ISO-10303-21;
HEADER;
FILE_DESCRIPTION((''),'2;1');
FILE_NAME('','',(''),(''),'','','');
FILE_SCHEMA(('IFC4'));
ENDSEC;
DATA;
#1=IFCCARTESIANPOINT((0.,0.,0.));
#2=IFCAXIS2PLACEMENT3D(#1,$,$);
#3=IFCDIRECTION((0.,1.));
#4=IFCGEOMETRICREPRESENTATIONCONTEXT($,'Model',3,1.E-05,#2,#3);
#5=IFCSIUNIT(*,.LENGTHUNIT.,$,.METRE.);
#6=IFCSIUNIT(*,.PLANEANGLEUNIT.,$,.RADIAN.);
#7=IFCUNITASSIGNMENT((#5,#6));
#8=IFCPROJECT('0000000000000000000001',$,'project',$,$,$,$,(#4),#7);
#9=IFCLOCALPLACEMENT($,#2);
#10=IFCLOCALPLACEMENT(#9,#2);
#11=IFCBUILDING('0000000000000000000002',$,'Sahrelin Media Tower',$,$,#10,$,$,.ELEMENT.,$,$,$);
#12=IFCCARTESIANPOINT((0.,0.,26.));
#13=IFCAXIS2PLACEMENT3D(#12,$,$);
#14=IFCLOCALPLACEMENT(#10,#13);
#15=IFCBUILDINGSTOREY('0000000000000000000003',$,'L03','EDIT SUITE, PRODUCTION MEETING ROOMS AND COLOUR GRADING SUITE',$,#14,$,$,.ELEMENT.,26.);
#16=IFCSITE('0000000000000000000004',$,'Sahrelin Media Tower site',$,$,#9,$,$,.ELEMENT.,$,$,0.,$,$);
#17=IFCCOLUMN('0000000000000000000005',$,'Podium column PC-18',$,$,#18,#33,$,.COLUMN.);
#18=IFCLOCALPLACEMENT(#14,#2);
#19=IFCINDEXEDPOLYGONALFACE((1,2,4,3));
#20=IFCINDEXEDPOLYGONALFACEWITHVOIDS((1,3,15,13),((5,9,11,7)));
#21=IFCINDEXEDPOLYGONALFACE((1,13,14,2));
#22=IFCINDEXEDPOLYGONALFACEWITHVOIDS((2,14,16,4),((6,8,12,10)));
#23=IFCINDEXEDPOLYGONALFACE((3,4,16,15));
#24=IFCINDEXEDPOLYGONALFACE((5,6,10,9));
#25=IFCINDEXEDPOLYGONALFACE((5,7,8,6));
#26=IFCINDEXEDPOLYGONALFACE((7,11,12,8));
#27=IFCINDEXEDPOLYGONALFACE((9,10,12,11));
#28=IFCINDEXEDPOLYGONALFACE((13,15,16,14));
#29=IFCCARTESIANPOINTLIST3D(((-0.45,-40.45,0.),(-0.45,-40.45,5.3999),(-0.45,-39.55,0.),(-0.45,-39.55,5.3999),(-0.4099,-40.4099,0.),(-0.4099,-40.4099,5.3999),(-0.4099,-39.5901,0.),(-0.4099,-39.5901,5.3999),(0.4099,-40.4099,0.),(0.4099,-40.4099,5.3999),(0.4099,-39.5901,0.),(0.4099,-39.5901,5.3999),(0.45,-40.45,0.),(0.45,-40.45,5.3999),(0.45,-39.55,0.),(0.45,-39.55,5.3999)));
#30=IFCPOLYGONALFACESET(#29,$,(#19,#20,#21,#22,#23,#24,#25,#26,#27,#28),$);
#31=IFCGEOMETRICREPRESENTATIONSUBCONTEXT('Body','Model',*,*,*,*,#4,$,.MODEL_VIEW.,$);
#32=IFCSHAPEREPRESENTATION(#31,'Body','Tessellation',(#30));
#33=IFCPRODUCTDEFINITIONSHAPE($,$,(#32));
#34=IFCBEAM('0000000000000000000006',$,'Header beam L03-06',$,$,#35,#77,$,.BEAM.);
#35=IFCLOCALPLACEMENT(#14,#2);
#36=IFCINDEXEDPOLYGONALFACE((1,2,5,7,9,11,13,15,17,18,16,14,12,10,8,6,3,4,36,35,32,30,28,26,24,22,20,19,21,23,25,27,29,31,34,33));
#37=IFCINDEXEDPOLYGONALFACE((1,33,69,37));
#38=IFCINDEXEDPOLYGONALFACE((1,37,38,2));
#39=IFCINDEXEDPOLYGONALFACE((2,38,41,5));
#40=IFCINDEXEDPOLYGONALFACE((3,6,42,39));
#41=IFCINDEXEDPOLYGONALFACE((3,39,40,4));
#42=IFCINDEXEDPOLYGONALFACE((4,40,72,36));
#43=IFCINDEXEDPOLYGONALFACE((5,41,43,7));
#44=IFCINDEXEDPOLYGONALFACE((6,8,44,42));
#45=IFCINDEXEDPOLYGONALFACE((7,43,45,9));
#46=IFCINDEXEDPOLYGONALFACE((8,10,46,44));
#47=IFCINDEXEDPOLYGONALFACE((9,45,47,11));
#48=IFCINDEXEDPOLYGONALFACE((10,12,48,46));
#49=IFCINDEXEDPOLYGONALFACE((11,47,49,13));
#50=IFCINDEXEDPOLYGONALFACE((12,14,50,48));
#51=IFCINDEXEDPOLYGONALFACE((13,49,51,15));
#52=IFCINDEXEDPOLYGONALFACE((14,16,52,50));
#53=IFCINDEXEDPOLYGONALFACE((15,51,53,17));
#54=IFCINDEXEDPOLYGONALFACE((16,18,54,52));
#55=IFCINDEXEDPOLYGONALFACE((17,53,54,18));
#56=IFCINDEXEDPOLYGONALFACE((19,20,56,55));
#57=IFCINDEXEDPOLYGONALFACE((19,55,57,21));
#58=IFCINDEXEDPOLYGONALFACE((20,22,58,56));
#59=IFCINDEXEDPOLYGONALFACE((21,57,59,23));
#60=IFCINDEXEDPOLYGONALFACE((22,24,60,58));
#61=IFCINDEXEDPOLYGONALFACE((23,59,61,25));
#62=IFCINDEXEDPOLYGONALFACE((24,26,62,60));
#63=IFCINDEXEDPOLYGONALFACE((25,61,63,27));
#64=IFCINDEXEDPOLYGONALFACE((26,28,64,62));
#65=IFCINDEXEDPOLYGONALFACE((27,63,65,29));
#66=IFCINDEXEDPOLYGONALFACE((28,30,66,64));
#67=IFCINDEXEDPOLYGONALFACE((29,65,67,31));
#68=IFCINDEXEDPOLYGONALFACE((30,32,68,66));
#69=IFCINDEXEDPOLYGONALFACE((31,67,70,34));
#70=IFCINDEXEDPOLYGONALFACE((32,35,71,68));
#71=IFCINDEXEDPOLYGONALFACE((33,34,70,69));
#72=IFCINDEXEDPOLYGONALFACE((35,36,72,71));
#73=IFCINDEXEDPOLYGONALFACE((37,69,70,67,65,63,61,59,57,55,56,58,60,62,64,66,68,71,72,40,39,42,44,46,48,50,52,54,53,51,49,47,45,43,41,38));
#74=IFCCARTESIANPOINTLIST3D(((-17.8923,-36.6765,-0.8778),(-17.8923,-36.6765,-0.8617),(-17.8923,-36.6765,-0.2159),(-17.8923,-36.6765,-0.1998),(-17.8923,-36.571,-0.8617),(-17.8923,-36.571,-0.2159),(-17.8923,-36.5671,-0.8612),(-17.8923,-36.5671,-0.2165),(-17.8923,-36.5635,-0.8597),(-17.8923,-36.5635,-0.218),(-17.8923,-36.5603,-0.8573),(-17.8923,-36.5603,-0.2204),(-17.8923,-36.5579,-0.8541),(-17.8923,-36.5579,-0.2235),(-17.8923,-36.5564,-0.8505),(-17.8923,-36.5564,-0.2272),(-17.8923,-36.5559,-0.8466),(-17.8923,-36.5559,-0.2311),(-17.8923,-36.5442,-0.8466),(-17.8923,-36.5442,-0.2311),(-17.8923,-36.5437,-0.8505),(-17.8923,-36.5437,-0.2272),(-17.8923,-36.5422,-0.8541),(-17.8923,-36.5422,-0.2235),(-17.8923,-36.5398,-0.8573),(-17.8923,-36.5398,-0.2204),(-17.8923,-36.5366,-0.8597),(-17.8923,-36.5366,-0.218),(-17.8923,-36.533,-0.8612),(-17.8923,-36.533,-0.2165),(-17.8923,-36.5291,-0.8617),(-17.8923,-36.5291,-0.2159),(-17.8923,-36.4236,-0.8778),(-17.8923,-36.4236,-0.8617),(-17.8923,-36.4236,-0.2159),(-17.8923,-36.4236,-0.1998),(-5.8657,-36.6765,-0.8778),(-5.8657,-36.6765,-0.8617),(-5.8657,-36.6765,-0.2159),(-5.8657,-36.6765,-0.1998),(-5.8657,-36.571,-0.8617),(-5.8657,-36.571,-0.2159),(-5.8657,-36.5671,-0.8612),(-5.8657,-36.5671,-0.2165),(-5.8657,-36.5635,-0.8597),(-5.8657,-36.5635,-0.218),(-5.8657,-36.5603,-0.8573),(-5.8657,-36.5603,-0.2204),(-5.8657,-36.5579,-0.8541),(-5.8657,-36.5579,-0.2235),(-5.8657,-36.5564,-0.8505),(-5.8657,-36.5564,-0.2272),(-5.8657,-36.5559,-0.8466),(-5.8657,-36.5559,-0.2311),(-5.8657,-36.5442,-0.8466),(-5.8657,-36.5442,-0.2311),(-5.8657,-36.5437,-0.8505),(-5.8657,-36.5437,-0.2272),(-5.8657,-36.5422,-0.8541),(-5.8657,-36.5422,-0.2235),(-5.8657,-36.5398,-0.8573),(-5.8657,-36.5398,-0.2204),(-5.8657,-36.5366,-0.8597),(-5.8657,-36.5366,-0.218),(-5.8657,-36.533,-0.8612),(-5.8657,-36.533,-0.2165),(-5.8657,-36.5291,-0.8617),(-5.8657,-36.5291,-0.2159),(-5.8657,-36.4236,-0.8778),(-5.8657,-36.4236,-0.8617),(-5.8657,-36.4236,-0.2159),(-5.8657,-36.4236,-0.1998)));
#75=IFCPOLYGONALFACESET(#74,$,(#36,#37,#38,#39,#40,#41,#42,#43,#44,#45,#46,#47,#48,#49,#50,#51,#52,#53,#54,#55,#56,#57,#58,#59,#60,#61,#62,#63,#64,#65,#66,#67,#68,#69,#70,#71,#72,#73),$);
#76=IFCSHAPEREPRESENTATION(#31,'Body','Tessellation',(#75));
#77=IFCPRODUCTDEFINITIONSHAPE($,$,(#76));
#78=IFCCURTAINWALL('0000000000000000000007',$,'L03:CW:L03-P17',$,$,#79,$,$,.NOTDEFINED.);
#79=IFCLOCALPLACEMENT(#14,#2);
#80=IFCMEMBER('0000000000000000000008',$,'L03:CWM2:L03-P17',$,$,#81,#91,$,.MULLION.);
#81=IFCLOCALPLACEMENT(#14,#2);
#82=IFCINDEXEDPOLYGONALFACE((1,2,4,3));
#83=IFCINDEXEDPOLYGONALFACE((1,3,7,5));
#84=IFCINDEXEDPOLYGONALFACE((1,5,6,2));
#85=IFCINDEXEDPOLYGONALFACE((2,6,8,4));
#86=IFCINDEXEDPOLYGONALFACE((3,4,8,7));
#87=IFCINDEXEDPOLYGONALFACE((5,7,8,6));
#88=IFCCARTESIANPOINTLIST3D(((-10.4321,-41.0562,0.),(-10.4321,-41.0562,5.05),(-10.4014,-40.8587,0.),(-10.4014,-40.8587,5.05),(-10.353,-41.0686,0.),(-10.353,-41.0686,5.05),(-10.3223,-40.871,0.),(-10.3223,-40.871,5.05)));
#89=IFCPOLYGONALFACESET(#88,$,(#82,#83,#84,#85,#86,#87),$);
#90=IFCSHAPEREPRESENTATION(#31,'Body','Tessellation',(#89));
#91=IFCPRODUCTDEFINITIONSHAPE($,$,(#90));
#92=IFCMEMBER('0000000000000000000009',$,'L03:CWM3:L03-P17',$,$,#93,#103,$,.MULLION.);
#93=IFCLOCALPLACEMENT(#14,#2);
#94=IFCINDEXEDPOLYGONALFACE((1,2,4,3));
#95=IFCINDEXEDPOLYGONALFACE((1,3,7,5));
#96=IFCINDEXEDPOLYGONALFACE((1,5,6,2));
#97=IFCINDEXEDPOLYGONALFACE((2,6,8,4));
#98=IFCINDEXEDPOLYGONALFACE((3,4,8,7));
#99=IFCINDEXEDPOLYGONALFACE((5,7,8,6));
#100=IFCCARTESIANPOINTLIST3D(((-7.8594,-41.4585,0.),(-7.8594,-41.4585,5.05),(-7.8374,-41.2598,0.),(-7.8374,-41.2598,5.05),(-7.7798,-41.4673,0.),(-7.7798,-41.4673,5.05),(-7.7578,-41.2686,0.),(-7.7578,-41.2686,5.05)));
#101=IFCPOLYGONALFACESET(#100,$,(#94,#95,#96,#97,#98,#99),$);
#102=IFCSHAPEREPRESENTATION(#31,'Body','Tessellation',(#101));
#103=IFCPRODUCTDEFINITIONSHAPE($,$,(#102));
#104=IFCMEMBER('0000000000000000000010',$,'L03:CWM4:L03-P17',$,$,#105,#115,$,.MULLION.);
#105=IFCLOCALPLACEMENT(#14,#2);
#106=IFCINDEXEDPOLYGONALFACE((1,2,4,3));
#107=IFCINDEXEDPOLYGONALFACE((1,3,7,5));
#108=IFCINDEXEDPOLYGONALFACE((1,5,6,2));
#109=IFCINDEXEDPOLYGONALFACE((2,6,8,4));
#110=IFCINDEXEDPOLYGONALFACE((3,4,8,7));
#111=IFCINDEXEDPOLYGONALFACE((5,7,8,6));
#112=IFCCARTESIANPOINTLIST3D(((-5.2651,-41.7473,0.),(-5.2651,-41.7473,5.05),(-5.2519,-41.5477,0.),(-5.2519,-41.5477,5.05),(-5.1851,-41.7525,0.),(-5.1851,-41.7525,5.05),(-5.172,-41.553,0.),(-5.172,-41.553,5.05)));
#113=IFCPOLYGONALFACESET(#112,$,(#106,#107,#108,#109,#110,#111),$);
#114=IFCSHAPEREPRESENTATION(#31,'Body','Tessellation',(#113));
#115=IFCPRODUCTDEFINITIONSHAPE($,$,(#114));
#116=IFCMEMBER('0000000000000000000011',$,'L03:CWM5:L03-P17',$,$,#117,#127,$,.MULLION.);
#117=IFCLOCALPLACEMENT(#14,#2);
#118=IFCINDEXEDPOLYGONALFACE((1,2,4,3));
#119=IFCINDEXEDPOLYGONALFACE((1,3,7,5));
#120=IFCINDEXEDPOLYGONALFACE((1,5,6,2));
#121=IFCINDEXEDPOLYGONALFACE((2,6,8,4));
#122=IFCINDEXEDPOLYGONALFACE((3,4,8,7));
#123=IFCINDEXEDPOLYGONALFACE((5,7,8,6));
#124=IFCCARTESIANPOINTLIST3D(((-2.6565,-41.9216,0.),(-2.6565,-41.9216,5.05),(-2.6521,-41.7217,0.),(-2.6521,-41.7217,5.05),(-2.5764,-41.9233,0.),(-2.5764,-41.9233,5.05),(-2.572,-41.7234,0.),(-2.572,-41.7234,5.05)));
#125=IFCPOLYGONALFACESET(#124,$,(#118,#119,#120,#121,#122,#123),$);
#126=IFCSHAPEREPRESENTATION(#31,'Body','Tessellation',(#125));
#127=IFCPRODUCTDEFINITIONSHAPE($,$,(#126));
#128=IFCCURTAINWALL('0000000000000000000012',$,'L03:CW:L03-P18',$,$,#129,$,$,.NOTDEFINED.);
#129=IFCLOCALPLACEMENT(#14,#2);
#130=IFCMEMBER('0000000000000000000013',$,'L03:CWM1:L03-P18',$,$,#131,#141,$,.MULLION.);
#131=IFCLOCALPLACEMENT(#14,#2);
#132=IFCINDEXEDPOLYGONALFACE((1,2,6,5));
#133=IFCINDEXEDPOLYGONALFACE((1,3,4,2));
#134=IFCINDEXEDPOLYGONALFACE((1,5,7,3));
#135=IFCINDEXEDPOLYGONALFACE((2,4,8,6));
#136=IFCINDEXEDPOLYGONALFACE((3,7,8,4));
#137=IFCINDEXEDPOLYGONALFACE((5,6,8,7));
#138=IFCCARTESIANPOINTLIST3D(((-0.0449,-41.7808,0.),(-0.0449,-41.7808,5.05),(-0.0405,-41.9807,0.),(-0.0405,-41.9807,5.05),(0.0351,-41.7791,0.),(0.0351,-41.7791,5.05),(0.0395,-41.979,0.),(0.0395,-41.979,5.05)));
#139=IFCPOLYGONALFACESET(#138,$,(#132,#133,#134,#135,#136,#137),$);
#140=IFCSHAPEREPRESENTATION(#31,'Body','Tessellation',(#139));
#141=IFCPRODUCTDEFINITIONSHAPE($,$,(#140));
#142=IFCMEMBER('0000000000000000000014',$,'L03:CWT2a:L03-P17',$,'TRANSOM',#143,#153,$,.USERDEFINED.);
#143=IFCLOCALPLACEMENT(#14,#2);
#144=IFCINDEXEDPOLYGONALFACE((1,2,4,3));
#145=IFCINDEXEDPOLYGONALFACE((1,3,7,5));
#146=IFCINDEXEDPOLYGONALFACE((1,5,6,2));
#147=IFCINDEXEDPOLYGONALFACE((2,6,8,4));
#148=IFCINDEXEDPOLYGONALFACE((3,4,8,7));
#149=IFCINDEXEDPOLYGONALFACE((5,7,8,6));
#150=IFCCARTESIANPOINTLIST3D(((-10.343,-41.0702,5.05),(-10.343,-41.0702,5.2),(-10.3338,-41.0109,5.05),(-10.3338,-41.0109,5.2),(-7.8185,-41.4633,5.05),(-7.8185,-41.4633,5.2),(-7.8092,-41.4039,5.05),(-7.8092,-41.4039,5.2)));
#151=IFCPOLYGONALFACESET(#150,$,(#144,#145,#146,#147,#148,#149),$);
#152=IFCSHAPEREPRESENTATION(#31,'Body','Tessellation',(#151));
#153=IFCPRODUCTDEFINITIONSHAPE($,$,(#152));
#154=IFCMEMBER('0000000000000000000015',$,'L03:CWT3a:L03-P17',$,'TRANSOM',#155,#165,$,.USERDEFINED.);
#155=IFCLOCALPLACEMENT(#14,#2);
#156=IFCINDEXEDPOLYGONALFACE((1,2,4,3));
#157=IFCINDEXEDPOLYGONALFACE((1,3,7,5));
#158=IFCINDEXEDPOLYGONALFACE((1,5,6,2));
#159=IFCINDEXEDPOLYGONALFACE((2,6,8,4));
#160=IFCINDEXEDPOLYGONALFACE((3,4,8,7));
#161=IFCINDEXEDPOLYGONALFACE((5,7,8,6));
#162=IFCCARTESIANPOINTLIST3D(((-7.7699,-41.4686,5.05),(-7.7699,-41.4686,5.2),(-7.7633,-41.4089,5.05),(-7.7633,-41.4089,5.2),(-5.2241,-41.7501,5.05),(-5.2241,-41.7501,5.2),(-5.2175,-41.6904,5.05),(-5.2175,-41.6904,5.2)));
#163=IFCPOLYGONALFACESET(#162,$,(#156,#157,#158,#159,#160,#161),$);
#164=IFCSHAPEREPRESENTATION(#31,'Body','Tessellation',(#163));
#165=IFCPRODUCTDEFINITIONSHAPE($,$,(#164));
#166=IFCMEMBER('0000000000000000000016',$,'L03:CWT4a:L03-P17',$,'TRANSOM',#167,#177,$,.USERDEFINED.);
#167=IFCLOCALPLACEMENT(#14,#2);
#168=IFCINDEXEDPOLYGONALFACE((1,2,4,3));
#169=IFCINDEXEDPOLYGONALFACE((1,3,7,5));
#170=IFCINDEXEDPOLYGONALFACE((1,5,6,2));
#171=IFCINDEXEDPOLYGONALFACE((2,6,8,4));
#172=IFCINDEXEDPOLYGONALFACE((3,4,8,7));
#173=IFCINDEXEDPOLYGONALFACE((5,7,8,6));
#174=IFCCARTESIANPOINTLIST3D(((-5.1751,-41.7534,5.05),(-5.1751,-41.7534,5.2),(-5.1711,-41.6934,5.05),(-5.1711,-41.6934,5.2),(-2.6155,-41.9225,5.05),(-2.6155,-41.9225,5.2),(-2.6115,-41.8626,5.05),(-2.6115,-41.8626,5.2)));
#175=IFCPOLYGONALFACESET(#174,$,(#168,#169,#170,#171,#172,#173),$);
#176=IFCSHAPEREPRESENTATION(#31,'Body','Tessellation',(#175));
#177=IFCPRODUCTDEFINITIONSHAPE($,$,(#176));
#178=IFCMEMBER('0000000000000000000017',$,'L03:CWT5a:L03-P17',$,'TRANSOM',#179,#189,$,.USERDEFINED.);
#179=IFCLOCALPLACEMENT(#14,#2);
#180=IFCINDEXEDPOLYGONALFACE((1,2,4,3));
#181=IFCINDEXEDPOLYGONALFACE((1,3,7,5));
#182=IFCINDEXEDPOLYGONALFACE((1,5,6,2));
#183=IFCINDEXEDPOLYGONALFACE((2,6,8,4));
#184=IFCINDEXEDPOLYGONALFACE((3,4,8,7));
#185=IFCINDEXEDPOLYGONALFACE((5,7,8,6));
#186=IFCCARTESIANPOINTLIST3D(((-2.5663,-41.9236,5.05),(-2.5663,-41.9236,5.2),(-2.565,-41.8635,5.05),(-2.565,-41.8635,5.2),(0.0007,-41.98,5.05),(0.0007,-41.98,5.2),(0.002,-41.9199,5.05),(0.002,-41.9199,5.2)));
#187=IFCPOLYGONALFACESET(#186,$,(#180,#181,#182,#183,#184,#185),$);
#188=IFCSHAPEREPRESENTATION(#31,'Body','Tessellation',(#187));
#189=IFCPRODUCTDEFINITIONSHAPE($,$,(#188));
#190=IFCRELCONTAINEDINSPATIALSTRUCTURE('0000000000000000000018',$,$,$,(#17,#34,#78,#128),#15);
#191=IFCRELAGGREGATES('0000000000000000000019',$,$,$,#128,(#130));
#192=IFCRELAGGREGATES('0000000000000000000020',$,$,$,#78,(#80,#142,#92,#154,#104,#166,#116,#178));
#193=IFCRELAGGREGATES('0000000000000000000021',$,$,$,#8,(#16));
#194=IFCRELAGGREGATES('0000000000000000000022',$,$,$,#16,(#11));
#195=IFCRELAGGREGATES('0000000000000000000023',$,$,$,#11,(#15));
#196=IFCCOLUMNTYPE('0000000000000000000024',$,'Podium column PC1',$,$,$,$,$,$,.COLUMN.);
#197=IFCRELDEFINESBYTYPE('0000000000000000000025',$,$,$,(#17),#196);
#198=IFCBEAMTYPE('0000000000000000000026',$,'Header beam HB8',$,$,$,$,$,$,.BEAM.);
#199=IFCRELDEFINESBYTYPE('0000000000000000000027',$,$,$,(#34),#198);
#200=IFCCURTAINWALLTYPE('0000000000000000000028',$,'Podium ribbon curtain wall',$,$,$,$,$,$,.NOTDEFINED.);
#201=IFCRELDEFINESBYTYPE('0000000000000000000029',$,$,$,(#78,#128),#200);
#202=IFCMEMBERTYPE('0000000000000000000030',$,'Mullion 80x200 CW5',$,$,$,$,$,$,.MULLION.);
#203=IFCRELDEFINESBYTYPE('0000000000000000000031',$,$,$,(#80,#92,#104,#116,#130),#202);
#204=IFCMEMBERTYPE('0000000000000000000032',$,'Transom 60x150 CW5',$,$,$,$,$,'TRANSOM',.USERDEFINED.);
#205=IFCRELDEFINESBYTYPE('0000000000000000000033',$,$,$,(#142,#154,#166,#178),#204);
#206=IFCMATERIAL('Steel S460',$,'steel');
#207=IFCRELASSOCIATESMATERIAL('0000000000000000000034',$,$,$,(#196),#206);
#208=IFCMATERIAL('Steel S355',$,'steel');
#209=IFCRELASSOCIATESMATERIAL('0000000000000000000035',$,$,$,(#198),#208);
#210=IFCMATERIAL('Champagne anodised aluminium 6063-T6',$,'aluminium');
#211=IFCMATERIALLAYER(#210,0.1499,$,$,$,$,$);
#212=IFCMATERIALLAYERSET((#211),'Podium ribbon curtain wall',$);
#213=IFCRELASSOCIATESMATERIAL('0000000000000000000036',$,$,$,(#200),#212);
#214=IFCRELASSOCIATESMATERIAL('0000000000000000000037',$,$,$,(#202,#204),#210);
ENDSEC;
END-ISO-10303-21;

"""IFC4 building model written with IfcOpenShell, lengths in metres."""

from ifc_helpers import new_model, si_unit, direction, frame, origin, origin_2d, place, context, subcontext, project, spatial, rectangle, hollow_rectangle, i_section, extrude, material, layer, layer_set, material_profile, profile_set, type_object, element, aggregate, save


model = new_model("IFC4")

# Units and contexts
model_context = context("Model", 3, precision=1e-05, world=origin(), true_north=direction((0.0, 1.0)))
body_context = subcontext(model_context, "Body", "Model", "MODEL_VIEW")
ifc_project = project(units=[si_unit("LENGTHUNIT", "METRE"), si_unit("PLANEANGLEUNIT", "RADIAN")], contexts=[model_context])

# Site, building, storey
site_placement = place(None, origin())
site = spatial("IfcSite", under=ifc_project, at=site_placement, Name="Sahrelin Media Tower site", CompositionType="ELEMENT", RefElevation=0.0)
building_placement = place(site_placement, origin())
building = spatial("IfcBuilding", under=site, at=building_placement, Name="Sahrelin Media Tower", CompositionType="ELEMENT")
storey_placement = place(building_placement, frame((0.0, 0.0, 26.0)))
storey = spatial("IfcBuildingStorey", under=building, at=storey_placement, Name="L03", Description="EDIT SUITE, PRODUCTION MEETING ROOMS AND COLOUR GRADING SUITE", CompositionType="ELEMENT", Elevation=26.0)

# Column
ifc_material_1 = material(Name="Steel S460", Category="steel")
ifc_material_profile_1 = material_profile(ifc_material_1, hollow_rectangle(XDim=0.8999, YDim=0.8999, WallThickness=0.04, at=origin_2d()), Name="Podium column PC1")
ifc_profile_set_1 = profile_set([ifc_material_profile_1], Name="Steel S460")
column_type = type_object("IfcColumnType", Name="Podium column PC1", PredefinedType="COLUMN", material=ifc_profile_set_1)
column_placement = place(storey_placement, frame((0.0, -40.0, 0.0), z_axis=(0.0, 0.0, 1.0), x_axis=(0.0, -1.0, 0.0)))
element("IfcColumn", 1, at=column_placement, inside=storey, type_object=column_type, Name="Podium column PC-18", PredefinedType="COLUMN", context=body_context, shape_type="SweptSolid", body=[
    extrude(hollow_rectangle(XDim=0.8999, YDim=0.8999, WallThickness=0.04, at=origin_2d()), origin(), (0.0, 0.0, 1.0), 5.3999),
])

# Beam
ifc_material_2 = material(Name="Steel S355", Category="steel")
ifc_material_profile_2 = material_profile(ifc_material_2, i_section(OverallWidth=0.2529, OverallDepth=0.678, WebThickness=0.0117, FlangeThickness=0.0161, FilletRadius=0.0151, at=origin_2d()), Name="UB 686x254x125")
ifc_profile_set_2 = profile_set([ifc_material_profile_2], Name="Steel S355")
beam_type = type_object("IfcBeamType", Name="Header beam HB8", PredefinedType="BEAM", material=ifc_profile_set_2)
beam_placement = place(storey_placement, frame((-5.8657, -36.55, -0.5388), z_axis=(-1.0, 0.0, 0.0), x_axis=(0.0, -1.0, 0.0)))
element("IfcBeam", 2, at=beam_placement, inside=storey, type_object=beam_type, Name="Header beam L03-06", PredefinedType="BEAM", context=body_context, shape_type="SweptSolid", body=[
    extrude(i_section(OverallWidth=0.2529, OverallDepth=0.678, WebThickness=0.0117, FlangeThickness=0.0161, FilletRadius=0.0151, at=origin_2d()), origin(), (0.0, 0.0, 1.0), 12.0266),
])

# Curtain wall, members
ifc_material_3 = material(Name="Champagne anodised aluminium 6063-T6", Category="aluminium")
ifc_layer_1 = layer(ifc_material_3, 0.1499)
ifc_layer_set_1 = layer_set([ifc_layer_1], Name="Podium ribbon curtain wall")
curtain_wall_type = type_object("IfcCurtainWallType", Name="Podium ribbon curtain wall", PredefinedType="NOTDEFINED", material=ifc_layer_set_1)
curtain_wall_1_placement = place(storey_placement, frame((-12.9409, -40.5688, 0.0), z_axis=(0.0, 0.0, 1.0), x_axis=(1.0, 0.0, 0.0)))
curtain_wall_1 = element("IfcCurtainWall", 3, at=curtain_wall_1_placement, inside=storey, type_object=curtain_wall_type, Name="L03:CW:L03-P17", PredefinedType="NOTDEFINED")
ifc_material_profile_3 = material_profile(ifc_material_3, rectangle(XDim=0.0801, YDim=0.2, at=origin_2d()), Name="Mullion 80x200")
ifc_profile_set_3 = profile_set([ifc_material_profile_3], Name="Champagne anodised aluminium 6063-T6")
member_type_1 = type_object("IfcMemberType", Name="Mullion 80x200 CW5", PredefinedType="MULLION", material=ifc_profile_set_3)
member_1_placement = place(storey_placement, frame((-10.3772, -40.9636, 0.0), z_axis=(0.0, 0.0, 1.0), x_axis=(0.988098, -0.153826, 0.0)))
member_1 = element("IfcMember", 4, at=member_1_placement, type_object=member_type_1, Name="L03:CWM2:L03-P17", PredefinedType="MULLION", context=body_context, shape_type="SweptSolid", body=[
    extrude(rectangle(XDim=0.0801, YDim=0.2, at=origin_2d()), origin(), (0.0, 0.0, 1.0), 5.05),
])
member_2_placement = place(storey_placement, frame((-7.8086, -41.3635, 0.0), z_axis=(0.0, 0.0, 1.0), x_axis=(0.993941, -0.109915, 0.0)))
member_2 = element("IfcMember", 5, at=member_2_placement, type_object=member_type_1, Name="L03:CWM3:L03-P17", PredefinedType="MULLION", context=body_context, shape_type="SweptSolid", body=[
    extrude(rectangle(XDim=0.0801, YDim=0.2, at=origin_2d()), origin(), (0.0, 0.0, 1.0), 5.05),
])
member_3_placement = place(storey_placement, frame((-5.2185, -41.6501, 0.0), z_axis=(0.0, 0.0, 1.0), x_axis=(0.997822, -0.065959, 0.0)))
member_3 = element("IfcMember", 6, at=member_3_placement, type_object=member_type_1, Name="L03:CWM4:L03-P17", PredefinedType="MULLION", context=body_context, shape_type="SweptSolid", body=[
    extrude(rectangle(XDim=0.0801, YDim=0.2, at=origin_2d()), origin(), (0.0, 0.0, 1.0), 5.05),
])
member_4_placement = place(storey_placement, frame((-2.6143, -41.8225, 0.0), z_axis=(0.0, 0.0, 1.0), x_axis=(0.999758, -0.022007, 0.0)))
member_4 = element("IfcMember", 7, at=member_4_placement, type_object=member_type_1, Name="L03:CWM5:L03-P17", PredefinedType="MULLION", context=body_context, shape_type="SweptSolid", body=[
    extrude(rectangle(XDim=0.0801, YDim=0.2, at=origin_2d()), origin(), (0.0, 0.0, 1.0), 5.05),
])

# Curtain wall, member
curtain_wall_2_placement = place(storey_placement, frame((0.0, -42.0, 0.0), z_axis=(0.0, 0.0, 1.0), x_axis=(1.0, 0.0, 0.0)))
curtain_wall_2 = element("IfcCurtainWall", 8, at=curtain_wall_2_placement, inside=storey, type_object=curtain_wall_type, Name="L03:CW:L03-P18", PredefinedType="NOTDEFINED")
member_5_placement = place(storey_placement, frame((-0.0027, -41.8799, 0.0), z_axis=(0.0, 0.0, 1.0), x_axis=(0.999758, 0.022007, 0.0)))
member_5 = element("IfcMember", 9, at=member_5_placement, type_object=member_type_1, Name="L03:CWM1:L03-P18", PredefinedType="MULLION", context=body_context, shape_type="SweptSolid", body=[
    extrude(rectangle(XDim=0.0801, YDim=0.2, at=origin_2d()), origin(), (0.0, 0.0, 1.0), 5.05),
])
aggregate(curtain_wall_2, [member_5])

# Members
ifc_material_profile_4 = material_profile(ifc_material_3, rectangle(XDim=0.0601, YDim=0.1499, at=origin_2d()), Name="Transom 60x150")
ifc_profile_set_4 = profile_set([ifc_material_profile_4], Name="Champagne anodised aluminium 6063-T6")
member_type_2 = type_object("IfcMemberType", Name="Transom 60x150 CW5", ElementType="TRANSOM", PredefinedType="USERDEFINED", material=ifc_profile_set_4)
member_6_placement = place(storey_placement, frame((-10.3384, -41.0405, 5.125), z_axis=(0.988094, -0.153852, 0.0), x_axis=(0.153852, 0.988094, 0.0)))
member_6 = element("IfcMember", 10, at=member_6_placement, type_object=member_type_2, Name="L03:CWT2a:L03-P17", ObjectType="TRANSOM", PredefinedType="USERDEFINED", context=body_context, shape_type="SweptSolid", body=[
    extrude(rectangle(XDim=0.0601, YDim=0.1499, at=origin_2d()), origin(), (0.0, 0.0, 1.0), 2.5549),
])
member_7_placement = place(storey_placement, frame((-7.7666, -41.4387, 5.125), z_axis=(0.993942, -0.109908, 0.0), x_axis=(0.109908, 0.993942, 0.0)))
member_7 = element("IfcMember", 11, at=member_7_placement, type_object=member_type_2, Name="L03:CWT3a:L03-P17", ObjectType="TRANSOM", PredefinedType="USERDEFINED", context=body_context, shape_type="SweptSolid", body=[
    extrude(rectangle(XDim=0.0601, YDim=0.1499, at=origin_2d()), origin(), (0.0, 0.0, 1.0), 2.5613),
])
member_8_placement = place(storey_placement, frame((-5.1731, -41.7234, 5.125), z_axis=(0.997822, -0.065957, 0.0), x_axis=(0.065957, 0.997822, 0.0)))
member_8 = element("IfcMember", 12, at=member_8_placement, type_object=member_type_2, Name="L03:CWT4a:L03-P17", ObjectType="TRANSOM", PredefinedType="USERDEFINED", context=body_context, shape_type="SweptSolid", body=[
    extrude(rectangle(XDim=0.0601, YDim=0.1499, at=origin_2d()), origin(), (0.0, 0.0, 1.0), 2.5652),
])
member_9_placement = place(storey_placement, frame((-2.5657, -41.8936, 5.125), z_axis=(0.999759, -0.021965, 0.0), x_axis=(0.021965, 0.999759, 0.0)))
member_9 = element("IfcMember", 13, at=member_9_placement, type_object=member_type_2, Name="L03:CWT5a:L03-P17", ObjectType="TRANSOM", PredefinedType="USERDEFINED", context=body_context, shape_type="SweptSolid", body=[
    extrude(rectangle(XDim=0.0601, YDim=0.1499, at=origin_2d()), origin(), (0.0, 0.0, 1.0), 2.5676),
])

aggregate(curtain_wall_1, [member_1, member_6, member_2, member_7, member_3, member_8, member_4, member_9])

save(model, "model.ifc")
